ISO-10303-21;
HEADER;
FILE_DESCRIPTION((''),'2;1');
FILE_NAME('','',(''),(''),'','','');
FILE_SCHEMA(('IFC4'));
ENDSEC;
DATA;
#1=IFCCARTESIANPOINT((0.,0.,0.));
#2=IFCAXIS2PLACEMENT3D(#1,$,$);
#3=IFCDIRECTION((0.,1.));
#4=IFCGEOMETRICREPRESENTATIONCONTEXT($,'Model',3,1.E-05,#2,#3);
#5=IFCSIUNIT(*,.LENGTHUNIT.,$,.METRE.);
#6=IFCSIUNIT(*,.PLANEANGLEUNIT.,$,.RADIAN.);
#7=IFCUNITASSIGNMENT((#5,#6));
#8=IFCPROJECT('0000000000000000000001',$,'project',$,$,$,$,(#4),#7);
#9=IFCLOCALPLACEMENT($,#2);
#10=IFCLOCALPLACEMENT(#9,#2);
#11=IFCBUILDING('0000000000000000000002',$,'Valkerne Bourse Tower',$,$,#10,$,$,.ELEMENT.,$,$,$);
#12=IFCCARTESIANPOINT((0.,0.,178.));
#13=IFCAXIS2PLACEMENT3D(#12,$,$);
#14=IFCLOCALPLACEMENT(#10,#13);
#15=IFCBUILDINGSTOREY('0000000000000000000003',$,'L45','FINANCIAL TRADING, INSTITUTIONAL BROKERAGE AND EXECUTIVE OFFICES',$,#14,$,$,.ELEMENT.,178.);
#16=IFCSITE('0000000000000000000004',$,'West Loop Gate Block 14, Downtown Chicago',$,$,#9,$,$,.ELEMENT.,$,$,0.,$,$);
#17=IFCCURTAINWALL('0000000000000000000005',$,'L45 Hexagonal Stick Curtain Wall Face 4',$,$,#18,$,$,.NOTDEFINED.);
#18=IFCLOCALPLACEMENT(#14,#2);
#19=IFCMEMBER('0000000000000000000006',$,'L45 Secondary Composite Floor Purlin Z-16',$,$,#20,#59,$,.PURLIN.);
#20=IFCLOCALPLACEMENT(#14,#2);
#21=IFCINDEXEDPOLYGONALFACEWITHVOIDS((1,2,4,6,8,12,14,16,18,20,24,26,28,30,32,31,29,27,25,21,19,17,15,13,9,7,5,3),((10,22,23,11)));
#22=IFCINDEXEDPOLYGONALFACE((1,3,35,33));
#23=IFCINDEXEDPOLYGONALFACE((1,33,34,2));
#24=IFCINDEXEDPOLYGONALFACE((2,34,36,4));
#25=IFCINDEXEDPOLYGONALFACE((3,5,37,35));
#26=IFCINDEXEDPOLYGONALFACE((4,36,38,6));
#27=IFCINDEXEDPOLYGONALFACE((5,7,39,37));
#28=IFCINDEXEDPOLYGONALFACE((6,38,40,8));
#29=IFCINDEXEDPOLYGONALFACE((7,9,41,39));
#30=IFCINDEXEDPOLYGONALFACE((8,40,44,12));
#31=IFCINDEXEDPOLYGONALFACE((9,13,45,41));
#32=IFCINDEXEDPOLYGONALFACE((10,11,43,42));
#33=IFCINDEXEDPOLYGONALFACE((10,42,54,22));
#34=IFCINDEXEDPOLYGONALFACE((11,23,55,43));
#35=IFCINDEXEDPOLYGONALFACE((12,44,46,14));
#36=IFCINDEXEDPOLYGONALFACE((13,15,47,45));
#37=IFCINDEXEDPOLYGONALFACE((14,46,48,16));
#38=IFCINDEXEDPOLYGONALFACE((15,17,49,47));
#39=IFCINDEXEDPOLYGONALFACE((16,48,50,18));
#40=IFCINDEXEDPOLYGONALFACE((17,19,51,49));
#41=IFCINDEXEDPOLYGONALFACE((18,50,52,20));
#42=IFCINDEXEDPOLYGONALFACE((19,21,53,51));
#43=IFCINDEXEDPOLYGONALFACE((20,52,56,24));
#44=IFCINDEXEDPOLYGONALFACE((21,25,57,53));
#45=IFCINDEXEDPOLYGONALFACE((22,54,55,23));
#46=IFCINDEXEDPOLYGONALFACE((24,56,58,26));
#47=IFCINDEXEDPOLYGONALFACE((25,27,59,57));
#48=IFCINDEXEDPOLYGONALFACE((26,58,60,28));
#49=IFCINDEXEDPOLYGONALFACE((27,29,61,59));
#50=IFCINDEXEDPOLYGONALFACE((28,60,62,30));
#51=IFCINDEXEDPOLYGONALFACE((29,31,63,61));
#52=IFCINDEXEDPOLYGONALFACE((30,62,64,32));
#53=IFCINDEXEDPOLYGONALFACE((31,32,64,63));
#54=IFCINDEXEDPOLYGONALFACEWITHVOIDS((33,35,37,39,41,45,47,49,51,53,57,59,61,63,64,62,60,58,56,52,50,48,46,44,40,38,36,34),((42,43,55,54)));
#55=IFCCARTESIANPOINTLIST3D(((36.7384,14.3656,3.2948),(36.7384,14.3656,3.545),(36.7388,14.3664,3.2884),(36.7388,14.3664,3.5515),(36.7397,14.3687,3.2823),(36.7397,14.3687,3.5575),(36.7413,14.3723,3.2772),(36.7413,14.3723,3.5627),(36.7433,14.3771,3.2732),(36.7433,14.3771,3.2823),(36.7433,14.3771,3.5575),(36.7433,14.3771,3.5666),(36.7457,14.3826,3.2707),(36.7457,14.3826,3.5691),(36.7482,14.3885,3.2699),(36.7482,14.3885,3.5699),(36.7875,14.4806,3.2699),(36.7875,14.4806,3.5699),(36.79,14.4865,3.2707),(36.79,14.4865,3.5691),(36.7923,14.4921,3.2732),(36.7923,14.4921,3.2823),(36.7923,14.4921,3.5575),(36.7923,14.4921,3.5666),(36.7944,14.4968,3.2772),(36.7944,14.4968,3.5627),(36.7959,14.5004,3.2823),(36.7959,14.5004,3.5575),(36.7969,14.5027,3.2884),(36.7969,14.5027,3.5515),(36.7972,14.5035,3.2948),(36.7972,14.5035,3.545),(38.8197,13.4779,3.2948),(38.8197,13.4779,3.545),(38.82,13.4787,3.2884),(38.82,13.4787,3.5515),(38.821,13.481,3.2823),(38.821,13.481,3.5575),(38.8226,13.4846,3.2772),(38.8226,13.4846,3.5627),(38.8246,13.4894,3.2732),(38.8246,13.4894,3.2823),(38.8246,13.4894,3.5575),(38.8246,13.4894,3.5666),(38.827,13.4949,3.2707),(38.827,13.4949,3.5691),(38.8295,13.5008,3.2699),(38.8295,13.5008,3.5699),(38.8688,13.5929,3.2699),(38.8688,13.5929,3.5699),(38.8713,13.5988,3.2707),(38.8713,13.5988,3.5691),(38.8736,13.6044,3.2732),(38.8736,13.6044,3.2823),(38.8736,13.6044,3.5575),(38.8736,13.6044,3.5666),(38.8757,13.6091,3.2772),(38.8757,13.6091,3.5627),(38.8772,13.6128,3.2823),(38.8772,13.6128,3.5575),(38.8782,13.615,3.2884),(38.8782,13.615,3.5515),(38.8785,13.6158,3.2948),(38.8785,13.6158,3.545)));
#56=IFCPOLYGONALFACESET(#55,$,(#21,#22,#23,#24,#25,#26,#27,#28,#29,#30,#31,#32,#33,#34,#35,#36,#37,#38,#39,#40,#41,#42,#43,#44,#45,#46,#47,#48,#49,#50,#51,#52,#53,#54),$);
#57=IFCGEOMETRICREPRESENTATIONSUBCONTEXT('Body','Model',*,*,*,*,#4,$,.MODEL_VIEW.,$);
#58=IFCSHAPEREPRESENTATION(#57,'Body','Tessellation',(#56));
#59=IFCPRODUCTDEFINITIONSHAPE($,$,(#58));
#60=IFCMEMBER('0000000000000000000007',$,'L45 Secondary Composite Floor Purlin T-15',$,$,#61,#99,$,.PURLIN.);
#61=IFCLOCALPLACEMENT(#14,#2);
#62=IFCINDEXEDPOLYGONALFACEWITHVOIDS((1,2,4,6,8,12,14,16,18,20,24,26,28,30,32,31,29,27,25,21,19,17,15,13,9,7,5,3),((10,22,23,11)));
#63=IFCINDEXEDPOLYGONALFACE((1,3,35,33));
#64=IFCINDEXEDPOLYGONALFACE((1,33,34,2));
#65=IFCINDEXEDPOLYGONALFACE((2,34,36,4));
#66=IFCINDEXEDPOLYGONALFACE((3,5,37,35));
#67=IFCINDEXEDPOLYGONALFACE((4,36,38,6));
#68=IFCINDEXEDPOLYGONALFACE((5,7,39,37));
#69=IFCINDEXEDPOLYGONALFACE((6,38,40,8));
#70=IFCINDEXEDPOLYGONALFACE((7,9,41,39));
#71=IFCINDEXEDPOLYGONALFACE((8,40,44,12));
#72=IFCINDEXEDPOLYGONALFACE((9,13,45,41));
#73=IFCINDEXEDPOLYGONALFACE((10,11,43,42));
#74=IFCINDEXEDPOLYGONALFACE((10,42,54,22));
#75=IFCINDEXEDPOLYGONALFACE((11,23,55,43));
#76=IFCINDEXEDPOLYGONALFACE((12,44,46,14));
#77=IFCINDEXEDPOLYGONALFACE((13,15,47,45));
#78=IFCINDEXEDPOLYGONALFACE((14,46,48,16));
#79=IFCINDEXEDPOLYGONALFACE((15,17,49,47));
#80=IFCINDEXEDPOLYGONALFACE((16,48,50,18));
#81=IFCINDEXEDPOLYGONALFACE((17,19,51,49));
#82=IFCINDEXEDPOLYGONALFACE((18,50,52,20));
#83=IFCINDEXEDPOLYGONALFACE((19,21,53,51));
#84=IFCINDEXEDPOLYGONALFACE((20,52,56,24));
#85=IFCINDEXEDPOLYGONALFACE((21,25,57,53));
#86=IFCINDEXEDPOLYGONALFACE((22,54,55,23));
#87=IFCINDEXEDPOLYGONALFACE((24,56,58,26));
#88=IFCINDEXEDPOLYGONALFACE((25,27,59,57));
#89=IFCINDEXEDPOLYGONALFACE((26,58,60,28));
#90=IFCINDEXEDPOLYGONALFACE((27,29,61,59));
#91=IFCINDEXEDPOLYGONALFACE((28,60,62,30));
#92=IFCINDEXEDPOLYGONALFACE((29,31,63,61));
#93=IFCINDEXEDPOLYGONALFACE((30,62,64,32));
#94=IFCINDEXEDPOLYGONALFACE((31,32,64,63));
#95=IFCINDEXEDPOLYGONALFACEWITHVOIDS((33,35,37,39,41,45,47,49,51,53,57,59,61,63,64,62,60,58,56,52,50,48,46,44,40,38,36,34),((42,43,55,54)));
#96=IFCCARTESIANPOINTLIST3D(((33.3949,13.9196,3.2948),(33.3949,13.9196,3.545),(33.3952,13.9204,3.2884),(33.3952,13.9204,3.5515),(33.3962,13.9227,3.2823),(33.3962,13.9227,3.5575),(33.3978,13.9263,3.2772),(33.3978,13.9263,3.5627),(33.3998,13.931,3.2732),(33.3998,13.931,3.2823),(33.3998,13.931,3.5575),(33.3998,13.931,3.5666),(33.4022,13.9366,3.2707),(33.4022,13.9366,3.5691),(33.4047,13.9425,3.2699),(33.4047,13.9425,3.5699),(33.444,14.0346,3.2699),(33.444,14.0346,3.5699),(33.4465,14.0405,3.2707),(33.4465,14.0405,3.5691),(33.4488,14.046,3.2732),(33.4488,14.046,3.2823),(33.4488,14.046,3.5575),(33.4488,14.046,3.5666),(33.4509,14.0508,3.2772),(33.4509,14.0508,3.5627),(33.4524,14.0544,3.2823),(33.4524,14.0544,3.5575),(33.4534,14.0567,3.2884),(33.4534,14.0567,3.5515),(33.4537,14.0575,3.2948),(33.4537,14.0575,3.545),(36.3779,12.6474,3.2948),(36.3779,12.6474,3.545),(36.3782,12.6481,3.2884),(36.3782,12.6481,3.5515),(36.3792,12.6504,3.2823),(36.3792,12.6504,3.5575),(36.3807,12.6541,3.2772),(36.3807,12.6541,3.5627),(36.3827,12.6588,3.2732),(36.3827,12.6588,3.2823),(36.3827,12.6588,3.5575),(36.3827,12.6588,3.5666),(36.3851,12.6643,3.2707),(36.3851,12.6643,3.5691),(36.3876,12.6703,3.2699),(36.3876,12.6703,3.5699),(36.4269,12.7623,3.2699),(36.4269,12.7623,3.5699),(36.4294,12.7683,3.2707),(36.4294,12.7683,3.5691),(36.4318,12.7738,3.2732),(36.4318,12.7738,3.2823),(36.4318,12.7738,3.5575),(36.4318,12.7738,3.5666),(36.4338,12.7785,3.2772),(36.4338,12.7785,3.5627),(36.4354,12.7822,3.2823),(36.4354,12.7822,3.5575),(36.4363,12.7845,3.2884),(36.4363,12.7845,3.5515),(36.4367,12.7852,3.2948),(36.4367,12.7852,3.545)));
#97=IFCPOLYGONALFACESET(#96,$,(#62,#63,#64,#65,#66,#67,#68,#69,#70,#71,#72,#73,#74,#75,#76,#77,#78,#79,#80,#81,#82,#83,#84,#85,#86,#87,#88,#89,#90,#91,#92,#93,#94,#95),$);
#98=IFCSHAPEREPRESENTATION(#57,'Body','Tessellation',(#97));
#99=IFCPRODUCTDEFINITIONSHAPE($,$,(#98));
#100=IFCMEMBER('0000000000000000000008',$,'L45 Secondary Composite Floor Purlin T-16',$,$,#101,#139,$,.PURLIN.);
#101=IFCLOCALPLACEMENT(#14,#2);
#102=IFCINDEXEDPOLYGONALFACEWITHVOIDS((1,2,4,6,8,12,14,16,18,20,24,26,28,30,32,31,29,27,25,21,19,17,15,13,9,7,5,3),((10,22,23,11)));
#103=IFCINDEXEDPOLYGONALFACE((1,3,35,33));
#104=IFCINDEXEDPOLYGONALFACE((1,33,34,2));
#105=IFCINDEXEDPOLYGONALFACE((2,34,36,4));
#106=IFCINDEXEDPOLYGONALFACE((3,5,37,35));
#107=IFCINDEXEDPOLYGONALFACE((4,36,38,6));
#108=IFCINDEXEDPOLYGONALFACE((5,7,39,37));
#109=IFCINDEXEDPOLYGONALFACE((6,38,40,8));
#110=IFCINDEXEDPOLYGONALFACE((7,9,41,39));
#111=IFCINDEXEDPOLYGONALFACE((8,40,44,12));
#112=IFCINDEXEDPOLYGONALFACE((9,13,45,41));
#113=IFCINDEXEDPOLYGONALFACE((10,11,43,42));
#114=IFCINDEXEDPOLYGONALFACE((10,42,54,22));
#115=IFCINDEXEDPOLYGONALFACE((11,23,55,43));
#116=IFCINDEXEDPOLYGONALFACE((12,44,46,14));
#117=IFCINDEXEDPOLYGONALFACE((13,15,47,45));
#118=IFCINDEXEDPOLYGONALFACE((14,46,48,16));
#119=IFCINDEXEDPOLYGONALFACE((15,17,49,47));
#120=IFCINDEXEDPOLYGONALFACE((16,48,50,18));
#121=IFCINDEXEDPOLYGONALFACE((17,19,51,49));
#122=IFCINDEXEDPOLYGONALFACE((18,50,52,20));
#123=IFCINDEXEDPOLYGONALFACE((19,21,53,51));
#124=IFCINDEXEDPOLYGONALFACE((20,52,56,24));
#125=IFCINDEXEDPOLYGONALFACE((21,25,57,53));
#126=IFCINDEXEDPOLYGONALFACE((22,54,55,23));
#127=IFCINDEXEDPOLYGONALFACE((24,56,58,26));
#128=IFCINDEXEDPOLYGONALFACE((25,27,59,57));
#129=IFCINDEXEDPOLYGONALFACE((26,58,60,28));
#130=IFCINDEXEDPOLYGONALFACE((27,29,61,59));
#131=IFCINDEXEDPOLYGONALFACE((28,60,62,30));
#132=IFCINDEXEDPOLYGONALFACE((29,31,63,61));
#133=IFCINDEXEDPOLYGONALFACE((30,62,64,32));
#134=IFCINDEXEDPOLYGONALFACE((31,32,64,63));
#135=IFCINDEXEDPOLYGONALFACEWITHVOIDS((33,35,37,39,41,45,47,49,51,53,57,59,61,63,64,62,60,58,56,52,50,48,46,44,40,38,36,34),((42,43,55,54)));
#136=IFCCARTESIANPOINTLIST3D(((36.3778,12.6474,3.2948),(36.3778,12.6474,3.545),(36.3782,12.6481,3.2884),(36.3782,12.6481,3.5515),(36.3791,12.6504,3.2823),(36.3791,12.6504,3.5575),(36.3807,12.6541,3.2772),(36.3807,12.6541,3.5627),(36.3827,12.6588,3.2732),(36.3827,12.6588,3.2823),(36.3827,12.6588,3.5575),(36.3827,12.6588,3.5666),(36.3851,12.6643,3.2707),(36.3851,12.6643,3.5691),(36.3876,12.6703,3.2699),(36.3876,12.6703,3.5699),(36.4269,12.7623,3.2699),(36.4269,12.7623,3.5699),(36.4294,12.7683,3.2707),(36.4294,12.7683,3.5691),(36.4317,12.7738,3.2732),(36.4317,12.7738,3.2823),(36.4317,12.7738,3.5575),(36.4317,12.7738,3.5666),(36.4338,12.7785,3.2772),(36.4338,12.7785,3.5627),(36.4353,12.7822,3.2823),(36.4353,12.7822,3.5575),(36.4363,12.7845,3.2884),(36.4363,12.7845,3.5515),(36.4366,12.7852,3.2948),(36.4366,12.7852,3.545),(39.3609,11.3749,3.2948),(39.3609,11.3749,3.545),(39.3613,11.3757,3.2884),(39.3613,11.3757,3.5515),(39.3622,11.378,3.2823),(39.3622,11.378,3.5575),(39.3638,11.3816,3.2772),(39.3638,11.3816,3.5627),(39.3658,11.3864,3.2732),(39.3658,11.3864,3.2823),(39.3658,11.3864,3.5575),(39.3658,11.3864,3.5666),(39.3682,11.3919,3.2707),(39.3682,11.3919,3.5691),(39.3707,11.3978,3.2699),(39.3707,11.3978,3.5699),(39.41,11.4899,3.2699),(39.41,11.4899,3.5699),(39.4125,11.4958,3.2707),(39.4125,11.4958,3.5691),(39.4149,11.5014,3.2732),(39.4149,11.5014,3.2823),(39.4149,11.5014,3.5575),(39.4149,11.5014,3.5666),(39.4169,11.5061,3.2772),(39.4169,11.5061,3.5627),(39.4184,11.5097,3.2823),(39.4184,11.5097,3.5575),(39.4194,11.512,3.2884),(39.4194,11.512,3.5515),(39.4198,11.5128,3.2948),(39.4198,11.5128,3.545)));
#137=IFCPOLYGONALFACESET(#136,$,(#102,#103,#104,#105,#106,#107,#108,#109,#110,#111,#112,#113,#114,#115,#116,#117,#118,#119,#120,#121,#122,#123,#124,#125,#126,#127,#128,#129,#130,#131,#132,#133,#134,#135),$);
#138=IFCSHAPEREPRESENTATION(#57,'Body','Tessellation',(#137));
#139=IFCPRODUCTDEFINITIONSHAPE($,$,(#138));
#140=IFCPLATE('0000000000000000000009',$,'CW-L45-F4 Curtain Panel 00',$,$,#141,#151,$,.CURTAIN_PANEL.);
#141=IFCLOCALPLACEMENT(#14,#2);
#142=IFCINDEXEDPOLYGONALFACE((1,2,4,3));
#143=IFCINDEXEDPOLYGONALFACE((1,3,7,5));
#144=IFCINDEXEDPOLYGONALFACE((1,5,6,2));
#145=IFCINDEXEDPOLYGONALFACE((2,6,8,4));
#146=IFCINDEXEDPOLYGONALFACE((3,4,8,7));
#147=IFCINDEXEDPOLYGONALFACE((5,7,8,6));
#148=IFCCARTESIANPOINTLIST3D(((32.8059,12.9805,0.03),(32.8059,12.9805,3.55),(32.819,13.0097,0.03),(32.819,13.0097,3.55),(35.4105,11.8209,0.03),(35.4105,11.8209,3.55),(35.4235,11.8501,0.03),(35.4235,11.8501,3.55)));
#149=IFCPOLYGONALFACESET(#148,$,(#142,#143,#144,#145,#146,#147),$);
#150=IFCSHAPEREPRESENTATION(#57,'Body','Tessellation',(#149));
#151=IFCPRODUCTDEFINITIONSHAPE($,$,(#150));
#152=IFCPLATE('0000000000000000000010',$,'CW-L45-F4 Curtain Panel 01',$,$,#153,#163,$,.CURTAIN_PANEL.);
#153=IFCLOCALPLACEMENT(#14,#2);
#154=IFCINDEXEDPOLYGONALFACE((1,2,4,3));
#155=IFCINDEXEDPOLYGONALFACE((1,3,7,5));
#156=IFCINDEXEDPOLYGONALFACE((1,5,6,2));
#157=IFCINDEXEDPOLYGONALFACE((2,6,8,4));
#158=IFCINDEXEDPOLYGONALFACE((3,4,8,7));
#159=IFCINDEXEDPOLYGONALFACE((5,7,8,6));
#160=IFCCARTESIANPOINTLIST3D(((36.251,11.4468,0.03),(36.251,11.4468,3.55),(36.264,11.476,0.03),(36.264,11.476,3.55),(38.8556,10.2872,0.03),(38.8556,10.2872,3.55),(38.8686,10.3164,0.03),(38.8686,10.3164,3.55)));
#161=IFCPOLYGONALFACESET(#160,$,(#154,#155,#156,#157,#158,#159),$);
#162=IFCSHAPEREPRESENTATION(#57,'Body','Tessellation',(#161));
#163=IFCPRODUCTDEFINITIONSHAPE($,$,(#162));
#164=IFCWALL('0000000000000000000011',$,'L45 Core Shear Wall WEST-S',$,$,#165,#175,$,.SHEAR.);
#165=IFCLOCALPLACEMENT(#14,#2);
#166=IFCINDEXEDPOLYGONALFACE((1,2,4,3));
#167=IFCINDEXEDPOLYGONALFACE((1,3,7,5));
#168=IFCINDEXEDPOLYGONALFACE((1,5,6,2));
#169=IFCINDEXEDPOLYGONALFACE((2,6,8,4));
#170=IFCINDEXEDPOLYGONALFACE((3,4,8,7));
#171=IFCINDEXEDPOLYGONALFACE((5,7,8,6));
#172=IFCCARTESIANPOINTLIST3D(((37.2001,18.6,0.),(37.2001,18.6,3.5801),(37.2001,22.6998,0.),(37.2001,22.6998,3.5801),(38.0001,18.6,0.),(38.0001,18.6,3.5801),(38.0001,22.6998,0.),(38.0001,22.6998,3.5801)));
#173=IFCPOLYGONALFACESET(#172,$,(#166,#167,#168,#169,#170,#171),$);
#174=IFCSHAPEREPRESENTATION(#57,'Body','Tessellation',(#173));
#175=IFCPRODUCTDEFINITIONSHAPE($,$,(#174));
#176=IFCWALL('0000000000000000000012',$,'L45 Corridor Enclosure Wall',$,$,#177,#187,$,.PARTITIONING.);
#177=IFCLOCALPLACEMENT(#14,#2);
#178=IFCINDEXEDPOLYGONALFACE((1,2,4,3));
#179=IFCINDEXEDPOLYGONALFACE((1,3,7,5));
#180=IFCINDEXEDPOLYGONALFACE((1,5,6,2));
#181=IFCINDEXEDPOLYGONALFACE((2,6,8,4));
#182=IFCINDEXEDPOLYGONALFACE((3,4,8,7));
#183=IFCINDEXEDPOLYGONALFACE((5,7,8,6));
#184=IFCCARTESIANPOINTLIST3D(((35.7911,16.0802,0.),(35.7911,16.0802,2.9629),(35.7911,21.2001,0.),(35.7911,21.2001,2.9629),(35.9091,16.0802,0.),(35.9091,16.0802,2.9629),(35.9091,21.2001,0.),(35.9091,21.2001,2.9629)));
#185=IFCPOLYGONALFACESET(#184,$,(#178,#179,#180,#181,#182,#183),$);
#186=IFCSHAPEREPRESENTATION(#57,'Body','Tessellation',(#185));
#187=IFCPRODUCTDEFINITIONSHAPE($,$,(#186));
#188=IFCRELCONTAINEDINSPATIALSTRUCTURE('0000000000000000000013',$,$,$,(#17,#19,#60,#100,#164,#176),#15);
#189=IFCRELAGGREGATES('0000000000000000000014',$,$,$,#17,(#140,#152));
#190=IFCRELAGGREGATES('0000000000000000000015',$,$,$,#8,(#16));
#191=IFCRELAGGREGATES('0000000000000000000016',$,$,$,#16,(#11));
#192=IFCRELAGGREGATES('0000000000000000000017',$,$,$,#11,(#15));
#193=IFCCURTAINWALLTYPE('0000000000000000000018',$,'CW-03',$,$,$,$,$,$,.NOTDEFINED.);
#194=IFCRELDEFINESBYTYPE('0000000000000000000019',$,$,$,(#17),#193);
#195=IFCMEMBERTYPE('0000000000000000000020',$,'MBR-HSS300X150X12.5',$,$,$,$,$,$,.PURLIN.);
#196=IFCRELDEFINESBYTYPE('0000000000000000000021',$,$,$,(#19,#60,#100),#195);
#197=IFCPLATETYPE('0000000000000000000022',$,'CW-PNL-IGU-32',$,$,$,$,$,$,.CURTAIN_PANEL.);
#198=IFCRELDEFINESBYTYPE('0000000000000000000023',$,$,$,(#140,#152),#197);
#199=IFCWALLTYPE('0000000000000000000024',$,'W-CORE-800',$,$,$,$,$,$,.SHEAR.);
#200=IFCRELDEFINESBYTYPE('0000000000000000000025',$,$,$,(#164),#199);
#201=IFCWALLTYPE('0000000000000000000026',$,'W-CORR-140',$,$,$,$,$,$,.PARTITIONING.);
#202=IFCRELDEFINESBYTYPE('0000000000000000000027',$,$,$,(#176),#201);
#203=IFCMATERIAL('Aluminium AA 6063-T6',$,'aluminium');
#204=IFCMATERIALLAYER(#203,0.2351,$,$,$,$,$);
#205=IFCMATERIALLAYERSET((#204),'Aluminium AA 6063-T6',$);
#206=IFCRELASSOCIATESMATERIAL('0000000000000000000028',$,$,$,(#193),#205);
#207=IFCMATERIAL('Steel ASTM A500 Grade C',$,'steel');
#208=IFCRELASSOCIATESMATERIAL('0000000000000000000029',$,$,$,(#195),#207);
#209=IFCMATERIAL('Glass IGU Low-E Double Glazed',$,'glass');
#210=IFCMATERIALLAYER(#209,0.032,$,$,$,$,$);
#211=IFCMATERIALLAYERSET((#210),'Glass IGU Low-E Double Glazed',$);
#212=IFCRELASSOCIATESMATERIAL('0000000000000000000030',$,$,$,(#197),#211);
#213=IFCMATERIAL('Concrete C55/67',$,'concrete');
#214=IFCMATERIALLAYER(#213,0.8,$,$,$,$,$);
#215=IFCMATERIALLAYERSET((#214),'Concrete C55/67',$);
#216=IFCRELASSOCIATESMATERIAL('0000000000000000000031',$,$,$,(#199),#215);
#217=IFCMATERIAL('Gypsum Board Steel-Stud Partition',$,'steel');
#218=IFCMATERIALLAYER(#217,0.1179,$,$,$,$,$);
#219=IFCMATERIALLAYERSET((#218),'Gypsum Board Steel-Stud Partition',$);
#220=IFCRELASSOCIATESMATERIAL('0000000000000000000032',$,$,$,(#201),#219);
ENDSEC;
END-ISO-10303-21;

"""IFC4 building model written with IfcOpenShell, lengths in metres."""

from ifc_helpers import new_model, si_unit, direction, frame, frame_2d, origin, origin_2d, place, context, subcontext, project, spatial, rectangle, hollow_rectangle, extrude, material, layer, layer_set, material_profile, profile_set, type_object, element, aggregate, save


model = new_model("IFC4")

# Units and contexts
model_context = context("Model", 3, precision=1e-05, world=origin(), true_north=direction((0.0, 1.0)))
body_context = subcontext(model_context, "Body", "Model", "MODEL_VIEW")
ifc_project = project(units=[si_unit("LENGTHUNIT", "METRE"), si_unit("PLANEANGLEUNIT", "RADIAN")], contexts=[model_context])

# Site, building, storey
site_placement = place(None, origin())
site = spatial("IfcSite", under=ifc_project, at=site_placement, Name="West Loop Gate Block 14, Downtown Chicago", CompositionType="ELEMENT", RefElevation=0.0)
building_placement = place(site_placement, origin())
building = spatial("IfcBuilding", under=site, at=building_placement, Name="Valkerne Bourse Tower", CompositionType="ELEMENT")
storey_placement = place(building_placement, frame((0.0, 0.0, 178.0)))
storey = spatial("IfcBuildingStorey", under=building, at=storey_placement, Name="L45", Description="FINANCIAL TRADING, INSTITUTIONAL BROKERAGE AND EXECUTIVE OFFICES", CompositionType="ELEMENT", Elevation=178.0)

# Curtain wall
ifc_material_1 = material(Name="Aluminium AA 6063-T6", Category="aluminium")
ifc_layer_1 = layer(ifc_material_1, 0.2351)
ifc_layer_set_1 = layer_set([ifc_layer_1], Name="Aluminium AA 6063-T6")
curtain_wall_type = type_object("IfcCurtainWallType", Name="CW-03", PredefinedType="NOTDEFINED", material=ifc_layer_set_1)
curtain_wall_placement = place(storey_placement, origin())
curtain_wall = element("IfcCurtainWall", 1, at=curtain_wall_placement, inside=storey, type_object=curtain_wall_type, Name="L45 Hexagonal Stick Curtain Wall Face 4", PredefinedType="NOTDEFINED")

# Members
ifc_material_2 = material(Name="Steel ASTM A500 Grade C", Category="steel")
ifc_material_profile_1 = material_profile(ifc_material_2, hollow_rectangle(XDim=0.1499, YDim=0.3, WallThickness=0.0125, OuterFilletRadius=0.0249, at=origin_2d()), Name="HSS300X150X12.5")
ifc_profile_set_1 = profile_set([ifc_material_profile_1], Name="Steel ASTM A500 Grade C")
member_type_1 = type_object("IfcMemberType", Name="MBR-HSS300X150X12.5", PredefinedType="PURLIN", material=ifc_profile_set_1)
for number, where, z_axis, x_axis, name in (
    (2, (36.7678, 14.4346, 3.4199), (0.91983, -0.392317, 0.0), (0.392317, 0.91983, 0.0), "L45 Secondary Composite Floor Purlin Z-16"),
):
    element("IfcMember", number, at=place(storey_placement, frame(where, z_axis=z_axis, x_axis=x_axis)), inside=storey, type_object=member_type_1, Name=name, PredefinedType="PURLIN", context=body_context, shape_type="SweptSolid", body=[
        extrude(hollow_rectangle(XDim=0.1499, YDim=0.3, WallThickness=0.0125, OuterFilletRadius=0.0249, at=origin_2d()), origin(), (0.0, 0.0, 1.0), 2.2627),
    ])
member_1_placement = place(storey_placement, frame((33.4243, 13.9885, 3.4199), z_axis=(0.919833, -0.39231, 0.0), x_axis=(0.39231, 0.919833, 0.0)))
element("IfcMember", 3, at=member_1_placement, inside=storey, type_object=member_type_1, Name="L45 Secondary Composite Floor Purlin T-15", PredefinedType="PURLIN", context=body_context, shape_type="SweptSolid", body=[
    extrude(hollow_rectangle(XDim=0.1499, YDim=0.3, WallThickness=0.0125, OuterFilletRadius=0.0249, at=origin_2d()), origin(), (0.0, 0.0, 1.0), 3.2429),
])
member_2_placement = place(storey_placement, frame((36.4072, 12.7163, 3.4199), z_axis=(0.919817, -0.392347, 0.0), x_axis=(0.392347, 0.919817, 0.0)))
element("IfcMember", 4, at=member_2_placement, inside=storey, type_object=member_type_1, Name="L45 Secondary Composite Floor Purlin T-16", PredefinedType="PURLIN", context=body_context, shape_type="SweptSolid", body=[
    extrude(hollow_rectangle(XDim=0.1499, YDim=0.3, WallThickness=0.0125, OuterFilletRadius=0.0249, at=origin_2d()), origin(), (0.0, 0.0, 1.0), 3.2432),
])

# Plates
ifc_material_3 = material(Name="Glass IGU Low-E Double Glazed", Category="glass")
ifc_layer_2 = layer(ifc_material_3, 0.032)
ifc_layer_set_2 = layer_set([ifc_layer_2], Name="Glass IGU Low-E Double Glazed")
plate_type = type_object("IfcPlateType", Name="CW-PNL-IGU-32", PredefinedType="CURTAIN_PANEL", material=ifc_layer_set_2)
plate_1_placement = place(storey_placement, frame((34.1147, 12.4153, 0.03), z_axis=(0.0, 0.0, 1.0), x_axis=(0.913547, -0.406734, 0.0)))
plate_1 = element("IfcPlate", 5, at=plate_1_placement, type_object=plate_type, Name="CW-L45-F4 Curtain Panel 00", PredefinedType="CURTAIN_PANEL", context=body_context, shape_type="SweptSolid", body=[
    extrude(rectangle(XDim=2.8511, YDim=0.032, at=origin_2d()), origin(), (0.0, 0.0, 1.0), 3.52),
])
plate_2_placement = place(storey_placement, frame((37.5598, 10.8816, 0.03), z_axis=(0.0, 0.0, 1.0), x_axis=(0.913547, -0.406734, 0.0)))
plate_2 = element("IfcPlate", 6, at=plate_2_placement, type_object=plate_type, Name="CW-L45-F4 Curtain Panel 01", PredefinedType="CURTAIN_PANEL", context=body_context, shape_type="SweptSolid", body=[
    extrude(rectangle(XDim=2.8511, YDim=0.032, at=origin_2d()), origin(), (0.0, 0.0, 1.0), 3.52),
])
aggregate(curtain_wall, [plate_1, plate_2])

# Shared definitions
ifc_material_4 = material(Name="Concrete C55/67", Category="concrete")
ifc_layer_3 = layer(ifc_material_4, 0.8)
ifc_layer_set_3 = layer_set([ifc_layer_3], Name="Concrete C55/67")
wall_type_1 = type_object("IfcWallType", Name="W-CORE-800", PredefinedType="SHEAR", material=ifc_layer_set_3)

# Walls
wall_1_placement = place(storey_placement, frame((37.6001, 18.6001, 0.0), z_axis=(0.0, 0.0, 1.0), x_axis=(0.0, 1.0, 0.0)))
element("IfcWall", 7, at=wall_1_placement, inside=storey, type_object=wall_type_1, Name="L45 Core Shear Wall WEST-S", PredefinedType="SHEAR", context=body_context, shape_type="SweptSolid", body=[
    extrude(rectangle(XDim=4.0999, YDim=0.8, at=frame_2d((2.0498, 0.0))), origin(), (0.0, 0.0, 1.0), 3.5801),
])
ifc_material_5 = material(Name="Gypsum Board Steel-Stud Partition", Category="steel")
ifc_layer_4 = layer(ifc_material_5, 0.1179)
ifc_layer_set_4 = layer_set([ifc_layer_4], Name="Gypsum Board Steel-Stud Partition")
wall_type_2 = type_object("IfcWallType", Name="W-CORR-140", PredefinedType="PARTITIONING", material=ifc_layer_set_4)
wall_2_placement = place(storey_placement, frame((35.8501, 16.0801, 0.0), z_axis=(0.0, 0.0, 1.0), x_axis=(0.0, 1.0, 0.0)))
element("IfcWall", 8, at=wall_2_placement, inside=storey, type_object=wall_type_2, Name="L45 Corridor Enclosure Wall", PredefinedType="PARTITIONING", context=body_context, shape_type="SweptSolid", body=[
    extrude(rectangle(XDim=5.1199, YDim=0.1179, at=frame_2d((2.5601, 0.0))), origin(), (0.0, 0.0, 1.0), 2.9629),
])

save(model, "model.ifc")
